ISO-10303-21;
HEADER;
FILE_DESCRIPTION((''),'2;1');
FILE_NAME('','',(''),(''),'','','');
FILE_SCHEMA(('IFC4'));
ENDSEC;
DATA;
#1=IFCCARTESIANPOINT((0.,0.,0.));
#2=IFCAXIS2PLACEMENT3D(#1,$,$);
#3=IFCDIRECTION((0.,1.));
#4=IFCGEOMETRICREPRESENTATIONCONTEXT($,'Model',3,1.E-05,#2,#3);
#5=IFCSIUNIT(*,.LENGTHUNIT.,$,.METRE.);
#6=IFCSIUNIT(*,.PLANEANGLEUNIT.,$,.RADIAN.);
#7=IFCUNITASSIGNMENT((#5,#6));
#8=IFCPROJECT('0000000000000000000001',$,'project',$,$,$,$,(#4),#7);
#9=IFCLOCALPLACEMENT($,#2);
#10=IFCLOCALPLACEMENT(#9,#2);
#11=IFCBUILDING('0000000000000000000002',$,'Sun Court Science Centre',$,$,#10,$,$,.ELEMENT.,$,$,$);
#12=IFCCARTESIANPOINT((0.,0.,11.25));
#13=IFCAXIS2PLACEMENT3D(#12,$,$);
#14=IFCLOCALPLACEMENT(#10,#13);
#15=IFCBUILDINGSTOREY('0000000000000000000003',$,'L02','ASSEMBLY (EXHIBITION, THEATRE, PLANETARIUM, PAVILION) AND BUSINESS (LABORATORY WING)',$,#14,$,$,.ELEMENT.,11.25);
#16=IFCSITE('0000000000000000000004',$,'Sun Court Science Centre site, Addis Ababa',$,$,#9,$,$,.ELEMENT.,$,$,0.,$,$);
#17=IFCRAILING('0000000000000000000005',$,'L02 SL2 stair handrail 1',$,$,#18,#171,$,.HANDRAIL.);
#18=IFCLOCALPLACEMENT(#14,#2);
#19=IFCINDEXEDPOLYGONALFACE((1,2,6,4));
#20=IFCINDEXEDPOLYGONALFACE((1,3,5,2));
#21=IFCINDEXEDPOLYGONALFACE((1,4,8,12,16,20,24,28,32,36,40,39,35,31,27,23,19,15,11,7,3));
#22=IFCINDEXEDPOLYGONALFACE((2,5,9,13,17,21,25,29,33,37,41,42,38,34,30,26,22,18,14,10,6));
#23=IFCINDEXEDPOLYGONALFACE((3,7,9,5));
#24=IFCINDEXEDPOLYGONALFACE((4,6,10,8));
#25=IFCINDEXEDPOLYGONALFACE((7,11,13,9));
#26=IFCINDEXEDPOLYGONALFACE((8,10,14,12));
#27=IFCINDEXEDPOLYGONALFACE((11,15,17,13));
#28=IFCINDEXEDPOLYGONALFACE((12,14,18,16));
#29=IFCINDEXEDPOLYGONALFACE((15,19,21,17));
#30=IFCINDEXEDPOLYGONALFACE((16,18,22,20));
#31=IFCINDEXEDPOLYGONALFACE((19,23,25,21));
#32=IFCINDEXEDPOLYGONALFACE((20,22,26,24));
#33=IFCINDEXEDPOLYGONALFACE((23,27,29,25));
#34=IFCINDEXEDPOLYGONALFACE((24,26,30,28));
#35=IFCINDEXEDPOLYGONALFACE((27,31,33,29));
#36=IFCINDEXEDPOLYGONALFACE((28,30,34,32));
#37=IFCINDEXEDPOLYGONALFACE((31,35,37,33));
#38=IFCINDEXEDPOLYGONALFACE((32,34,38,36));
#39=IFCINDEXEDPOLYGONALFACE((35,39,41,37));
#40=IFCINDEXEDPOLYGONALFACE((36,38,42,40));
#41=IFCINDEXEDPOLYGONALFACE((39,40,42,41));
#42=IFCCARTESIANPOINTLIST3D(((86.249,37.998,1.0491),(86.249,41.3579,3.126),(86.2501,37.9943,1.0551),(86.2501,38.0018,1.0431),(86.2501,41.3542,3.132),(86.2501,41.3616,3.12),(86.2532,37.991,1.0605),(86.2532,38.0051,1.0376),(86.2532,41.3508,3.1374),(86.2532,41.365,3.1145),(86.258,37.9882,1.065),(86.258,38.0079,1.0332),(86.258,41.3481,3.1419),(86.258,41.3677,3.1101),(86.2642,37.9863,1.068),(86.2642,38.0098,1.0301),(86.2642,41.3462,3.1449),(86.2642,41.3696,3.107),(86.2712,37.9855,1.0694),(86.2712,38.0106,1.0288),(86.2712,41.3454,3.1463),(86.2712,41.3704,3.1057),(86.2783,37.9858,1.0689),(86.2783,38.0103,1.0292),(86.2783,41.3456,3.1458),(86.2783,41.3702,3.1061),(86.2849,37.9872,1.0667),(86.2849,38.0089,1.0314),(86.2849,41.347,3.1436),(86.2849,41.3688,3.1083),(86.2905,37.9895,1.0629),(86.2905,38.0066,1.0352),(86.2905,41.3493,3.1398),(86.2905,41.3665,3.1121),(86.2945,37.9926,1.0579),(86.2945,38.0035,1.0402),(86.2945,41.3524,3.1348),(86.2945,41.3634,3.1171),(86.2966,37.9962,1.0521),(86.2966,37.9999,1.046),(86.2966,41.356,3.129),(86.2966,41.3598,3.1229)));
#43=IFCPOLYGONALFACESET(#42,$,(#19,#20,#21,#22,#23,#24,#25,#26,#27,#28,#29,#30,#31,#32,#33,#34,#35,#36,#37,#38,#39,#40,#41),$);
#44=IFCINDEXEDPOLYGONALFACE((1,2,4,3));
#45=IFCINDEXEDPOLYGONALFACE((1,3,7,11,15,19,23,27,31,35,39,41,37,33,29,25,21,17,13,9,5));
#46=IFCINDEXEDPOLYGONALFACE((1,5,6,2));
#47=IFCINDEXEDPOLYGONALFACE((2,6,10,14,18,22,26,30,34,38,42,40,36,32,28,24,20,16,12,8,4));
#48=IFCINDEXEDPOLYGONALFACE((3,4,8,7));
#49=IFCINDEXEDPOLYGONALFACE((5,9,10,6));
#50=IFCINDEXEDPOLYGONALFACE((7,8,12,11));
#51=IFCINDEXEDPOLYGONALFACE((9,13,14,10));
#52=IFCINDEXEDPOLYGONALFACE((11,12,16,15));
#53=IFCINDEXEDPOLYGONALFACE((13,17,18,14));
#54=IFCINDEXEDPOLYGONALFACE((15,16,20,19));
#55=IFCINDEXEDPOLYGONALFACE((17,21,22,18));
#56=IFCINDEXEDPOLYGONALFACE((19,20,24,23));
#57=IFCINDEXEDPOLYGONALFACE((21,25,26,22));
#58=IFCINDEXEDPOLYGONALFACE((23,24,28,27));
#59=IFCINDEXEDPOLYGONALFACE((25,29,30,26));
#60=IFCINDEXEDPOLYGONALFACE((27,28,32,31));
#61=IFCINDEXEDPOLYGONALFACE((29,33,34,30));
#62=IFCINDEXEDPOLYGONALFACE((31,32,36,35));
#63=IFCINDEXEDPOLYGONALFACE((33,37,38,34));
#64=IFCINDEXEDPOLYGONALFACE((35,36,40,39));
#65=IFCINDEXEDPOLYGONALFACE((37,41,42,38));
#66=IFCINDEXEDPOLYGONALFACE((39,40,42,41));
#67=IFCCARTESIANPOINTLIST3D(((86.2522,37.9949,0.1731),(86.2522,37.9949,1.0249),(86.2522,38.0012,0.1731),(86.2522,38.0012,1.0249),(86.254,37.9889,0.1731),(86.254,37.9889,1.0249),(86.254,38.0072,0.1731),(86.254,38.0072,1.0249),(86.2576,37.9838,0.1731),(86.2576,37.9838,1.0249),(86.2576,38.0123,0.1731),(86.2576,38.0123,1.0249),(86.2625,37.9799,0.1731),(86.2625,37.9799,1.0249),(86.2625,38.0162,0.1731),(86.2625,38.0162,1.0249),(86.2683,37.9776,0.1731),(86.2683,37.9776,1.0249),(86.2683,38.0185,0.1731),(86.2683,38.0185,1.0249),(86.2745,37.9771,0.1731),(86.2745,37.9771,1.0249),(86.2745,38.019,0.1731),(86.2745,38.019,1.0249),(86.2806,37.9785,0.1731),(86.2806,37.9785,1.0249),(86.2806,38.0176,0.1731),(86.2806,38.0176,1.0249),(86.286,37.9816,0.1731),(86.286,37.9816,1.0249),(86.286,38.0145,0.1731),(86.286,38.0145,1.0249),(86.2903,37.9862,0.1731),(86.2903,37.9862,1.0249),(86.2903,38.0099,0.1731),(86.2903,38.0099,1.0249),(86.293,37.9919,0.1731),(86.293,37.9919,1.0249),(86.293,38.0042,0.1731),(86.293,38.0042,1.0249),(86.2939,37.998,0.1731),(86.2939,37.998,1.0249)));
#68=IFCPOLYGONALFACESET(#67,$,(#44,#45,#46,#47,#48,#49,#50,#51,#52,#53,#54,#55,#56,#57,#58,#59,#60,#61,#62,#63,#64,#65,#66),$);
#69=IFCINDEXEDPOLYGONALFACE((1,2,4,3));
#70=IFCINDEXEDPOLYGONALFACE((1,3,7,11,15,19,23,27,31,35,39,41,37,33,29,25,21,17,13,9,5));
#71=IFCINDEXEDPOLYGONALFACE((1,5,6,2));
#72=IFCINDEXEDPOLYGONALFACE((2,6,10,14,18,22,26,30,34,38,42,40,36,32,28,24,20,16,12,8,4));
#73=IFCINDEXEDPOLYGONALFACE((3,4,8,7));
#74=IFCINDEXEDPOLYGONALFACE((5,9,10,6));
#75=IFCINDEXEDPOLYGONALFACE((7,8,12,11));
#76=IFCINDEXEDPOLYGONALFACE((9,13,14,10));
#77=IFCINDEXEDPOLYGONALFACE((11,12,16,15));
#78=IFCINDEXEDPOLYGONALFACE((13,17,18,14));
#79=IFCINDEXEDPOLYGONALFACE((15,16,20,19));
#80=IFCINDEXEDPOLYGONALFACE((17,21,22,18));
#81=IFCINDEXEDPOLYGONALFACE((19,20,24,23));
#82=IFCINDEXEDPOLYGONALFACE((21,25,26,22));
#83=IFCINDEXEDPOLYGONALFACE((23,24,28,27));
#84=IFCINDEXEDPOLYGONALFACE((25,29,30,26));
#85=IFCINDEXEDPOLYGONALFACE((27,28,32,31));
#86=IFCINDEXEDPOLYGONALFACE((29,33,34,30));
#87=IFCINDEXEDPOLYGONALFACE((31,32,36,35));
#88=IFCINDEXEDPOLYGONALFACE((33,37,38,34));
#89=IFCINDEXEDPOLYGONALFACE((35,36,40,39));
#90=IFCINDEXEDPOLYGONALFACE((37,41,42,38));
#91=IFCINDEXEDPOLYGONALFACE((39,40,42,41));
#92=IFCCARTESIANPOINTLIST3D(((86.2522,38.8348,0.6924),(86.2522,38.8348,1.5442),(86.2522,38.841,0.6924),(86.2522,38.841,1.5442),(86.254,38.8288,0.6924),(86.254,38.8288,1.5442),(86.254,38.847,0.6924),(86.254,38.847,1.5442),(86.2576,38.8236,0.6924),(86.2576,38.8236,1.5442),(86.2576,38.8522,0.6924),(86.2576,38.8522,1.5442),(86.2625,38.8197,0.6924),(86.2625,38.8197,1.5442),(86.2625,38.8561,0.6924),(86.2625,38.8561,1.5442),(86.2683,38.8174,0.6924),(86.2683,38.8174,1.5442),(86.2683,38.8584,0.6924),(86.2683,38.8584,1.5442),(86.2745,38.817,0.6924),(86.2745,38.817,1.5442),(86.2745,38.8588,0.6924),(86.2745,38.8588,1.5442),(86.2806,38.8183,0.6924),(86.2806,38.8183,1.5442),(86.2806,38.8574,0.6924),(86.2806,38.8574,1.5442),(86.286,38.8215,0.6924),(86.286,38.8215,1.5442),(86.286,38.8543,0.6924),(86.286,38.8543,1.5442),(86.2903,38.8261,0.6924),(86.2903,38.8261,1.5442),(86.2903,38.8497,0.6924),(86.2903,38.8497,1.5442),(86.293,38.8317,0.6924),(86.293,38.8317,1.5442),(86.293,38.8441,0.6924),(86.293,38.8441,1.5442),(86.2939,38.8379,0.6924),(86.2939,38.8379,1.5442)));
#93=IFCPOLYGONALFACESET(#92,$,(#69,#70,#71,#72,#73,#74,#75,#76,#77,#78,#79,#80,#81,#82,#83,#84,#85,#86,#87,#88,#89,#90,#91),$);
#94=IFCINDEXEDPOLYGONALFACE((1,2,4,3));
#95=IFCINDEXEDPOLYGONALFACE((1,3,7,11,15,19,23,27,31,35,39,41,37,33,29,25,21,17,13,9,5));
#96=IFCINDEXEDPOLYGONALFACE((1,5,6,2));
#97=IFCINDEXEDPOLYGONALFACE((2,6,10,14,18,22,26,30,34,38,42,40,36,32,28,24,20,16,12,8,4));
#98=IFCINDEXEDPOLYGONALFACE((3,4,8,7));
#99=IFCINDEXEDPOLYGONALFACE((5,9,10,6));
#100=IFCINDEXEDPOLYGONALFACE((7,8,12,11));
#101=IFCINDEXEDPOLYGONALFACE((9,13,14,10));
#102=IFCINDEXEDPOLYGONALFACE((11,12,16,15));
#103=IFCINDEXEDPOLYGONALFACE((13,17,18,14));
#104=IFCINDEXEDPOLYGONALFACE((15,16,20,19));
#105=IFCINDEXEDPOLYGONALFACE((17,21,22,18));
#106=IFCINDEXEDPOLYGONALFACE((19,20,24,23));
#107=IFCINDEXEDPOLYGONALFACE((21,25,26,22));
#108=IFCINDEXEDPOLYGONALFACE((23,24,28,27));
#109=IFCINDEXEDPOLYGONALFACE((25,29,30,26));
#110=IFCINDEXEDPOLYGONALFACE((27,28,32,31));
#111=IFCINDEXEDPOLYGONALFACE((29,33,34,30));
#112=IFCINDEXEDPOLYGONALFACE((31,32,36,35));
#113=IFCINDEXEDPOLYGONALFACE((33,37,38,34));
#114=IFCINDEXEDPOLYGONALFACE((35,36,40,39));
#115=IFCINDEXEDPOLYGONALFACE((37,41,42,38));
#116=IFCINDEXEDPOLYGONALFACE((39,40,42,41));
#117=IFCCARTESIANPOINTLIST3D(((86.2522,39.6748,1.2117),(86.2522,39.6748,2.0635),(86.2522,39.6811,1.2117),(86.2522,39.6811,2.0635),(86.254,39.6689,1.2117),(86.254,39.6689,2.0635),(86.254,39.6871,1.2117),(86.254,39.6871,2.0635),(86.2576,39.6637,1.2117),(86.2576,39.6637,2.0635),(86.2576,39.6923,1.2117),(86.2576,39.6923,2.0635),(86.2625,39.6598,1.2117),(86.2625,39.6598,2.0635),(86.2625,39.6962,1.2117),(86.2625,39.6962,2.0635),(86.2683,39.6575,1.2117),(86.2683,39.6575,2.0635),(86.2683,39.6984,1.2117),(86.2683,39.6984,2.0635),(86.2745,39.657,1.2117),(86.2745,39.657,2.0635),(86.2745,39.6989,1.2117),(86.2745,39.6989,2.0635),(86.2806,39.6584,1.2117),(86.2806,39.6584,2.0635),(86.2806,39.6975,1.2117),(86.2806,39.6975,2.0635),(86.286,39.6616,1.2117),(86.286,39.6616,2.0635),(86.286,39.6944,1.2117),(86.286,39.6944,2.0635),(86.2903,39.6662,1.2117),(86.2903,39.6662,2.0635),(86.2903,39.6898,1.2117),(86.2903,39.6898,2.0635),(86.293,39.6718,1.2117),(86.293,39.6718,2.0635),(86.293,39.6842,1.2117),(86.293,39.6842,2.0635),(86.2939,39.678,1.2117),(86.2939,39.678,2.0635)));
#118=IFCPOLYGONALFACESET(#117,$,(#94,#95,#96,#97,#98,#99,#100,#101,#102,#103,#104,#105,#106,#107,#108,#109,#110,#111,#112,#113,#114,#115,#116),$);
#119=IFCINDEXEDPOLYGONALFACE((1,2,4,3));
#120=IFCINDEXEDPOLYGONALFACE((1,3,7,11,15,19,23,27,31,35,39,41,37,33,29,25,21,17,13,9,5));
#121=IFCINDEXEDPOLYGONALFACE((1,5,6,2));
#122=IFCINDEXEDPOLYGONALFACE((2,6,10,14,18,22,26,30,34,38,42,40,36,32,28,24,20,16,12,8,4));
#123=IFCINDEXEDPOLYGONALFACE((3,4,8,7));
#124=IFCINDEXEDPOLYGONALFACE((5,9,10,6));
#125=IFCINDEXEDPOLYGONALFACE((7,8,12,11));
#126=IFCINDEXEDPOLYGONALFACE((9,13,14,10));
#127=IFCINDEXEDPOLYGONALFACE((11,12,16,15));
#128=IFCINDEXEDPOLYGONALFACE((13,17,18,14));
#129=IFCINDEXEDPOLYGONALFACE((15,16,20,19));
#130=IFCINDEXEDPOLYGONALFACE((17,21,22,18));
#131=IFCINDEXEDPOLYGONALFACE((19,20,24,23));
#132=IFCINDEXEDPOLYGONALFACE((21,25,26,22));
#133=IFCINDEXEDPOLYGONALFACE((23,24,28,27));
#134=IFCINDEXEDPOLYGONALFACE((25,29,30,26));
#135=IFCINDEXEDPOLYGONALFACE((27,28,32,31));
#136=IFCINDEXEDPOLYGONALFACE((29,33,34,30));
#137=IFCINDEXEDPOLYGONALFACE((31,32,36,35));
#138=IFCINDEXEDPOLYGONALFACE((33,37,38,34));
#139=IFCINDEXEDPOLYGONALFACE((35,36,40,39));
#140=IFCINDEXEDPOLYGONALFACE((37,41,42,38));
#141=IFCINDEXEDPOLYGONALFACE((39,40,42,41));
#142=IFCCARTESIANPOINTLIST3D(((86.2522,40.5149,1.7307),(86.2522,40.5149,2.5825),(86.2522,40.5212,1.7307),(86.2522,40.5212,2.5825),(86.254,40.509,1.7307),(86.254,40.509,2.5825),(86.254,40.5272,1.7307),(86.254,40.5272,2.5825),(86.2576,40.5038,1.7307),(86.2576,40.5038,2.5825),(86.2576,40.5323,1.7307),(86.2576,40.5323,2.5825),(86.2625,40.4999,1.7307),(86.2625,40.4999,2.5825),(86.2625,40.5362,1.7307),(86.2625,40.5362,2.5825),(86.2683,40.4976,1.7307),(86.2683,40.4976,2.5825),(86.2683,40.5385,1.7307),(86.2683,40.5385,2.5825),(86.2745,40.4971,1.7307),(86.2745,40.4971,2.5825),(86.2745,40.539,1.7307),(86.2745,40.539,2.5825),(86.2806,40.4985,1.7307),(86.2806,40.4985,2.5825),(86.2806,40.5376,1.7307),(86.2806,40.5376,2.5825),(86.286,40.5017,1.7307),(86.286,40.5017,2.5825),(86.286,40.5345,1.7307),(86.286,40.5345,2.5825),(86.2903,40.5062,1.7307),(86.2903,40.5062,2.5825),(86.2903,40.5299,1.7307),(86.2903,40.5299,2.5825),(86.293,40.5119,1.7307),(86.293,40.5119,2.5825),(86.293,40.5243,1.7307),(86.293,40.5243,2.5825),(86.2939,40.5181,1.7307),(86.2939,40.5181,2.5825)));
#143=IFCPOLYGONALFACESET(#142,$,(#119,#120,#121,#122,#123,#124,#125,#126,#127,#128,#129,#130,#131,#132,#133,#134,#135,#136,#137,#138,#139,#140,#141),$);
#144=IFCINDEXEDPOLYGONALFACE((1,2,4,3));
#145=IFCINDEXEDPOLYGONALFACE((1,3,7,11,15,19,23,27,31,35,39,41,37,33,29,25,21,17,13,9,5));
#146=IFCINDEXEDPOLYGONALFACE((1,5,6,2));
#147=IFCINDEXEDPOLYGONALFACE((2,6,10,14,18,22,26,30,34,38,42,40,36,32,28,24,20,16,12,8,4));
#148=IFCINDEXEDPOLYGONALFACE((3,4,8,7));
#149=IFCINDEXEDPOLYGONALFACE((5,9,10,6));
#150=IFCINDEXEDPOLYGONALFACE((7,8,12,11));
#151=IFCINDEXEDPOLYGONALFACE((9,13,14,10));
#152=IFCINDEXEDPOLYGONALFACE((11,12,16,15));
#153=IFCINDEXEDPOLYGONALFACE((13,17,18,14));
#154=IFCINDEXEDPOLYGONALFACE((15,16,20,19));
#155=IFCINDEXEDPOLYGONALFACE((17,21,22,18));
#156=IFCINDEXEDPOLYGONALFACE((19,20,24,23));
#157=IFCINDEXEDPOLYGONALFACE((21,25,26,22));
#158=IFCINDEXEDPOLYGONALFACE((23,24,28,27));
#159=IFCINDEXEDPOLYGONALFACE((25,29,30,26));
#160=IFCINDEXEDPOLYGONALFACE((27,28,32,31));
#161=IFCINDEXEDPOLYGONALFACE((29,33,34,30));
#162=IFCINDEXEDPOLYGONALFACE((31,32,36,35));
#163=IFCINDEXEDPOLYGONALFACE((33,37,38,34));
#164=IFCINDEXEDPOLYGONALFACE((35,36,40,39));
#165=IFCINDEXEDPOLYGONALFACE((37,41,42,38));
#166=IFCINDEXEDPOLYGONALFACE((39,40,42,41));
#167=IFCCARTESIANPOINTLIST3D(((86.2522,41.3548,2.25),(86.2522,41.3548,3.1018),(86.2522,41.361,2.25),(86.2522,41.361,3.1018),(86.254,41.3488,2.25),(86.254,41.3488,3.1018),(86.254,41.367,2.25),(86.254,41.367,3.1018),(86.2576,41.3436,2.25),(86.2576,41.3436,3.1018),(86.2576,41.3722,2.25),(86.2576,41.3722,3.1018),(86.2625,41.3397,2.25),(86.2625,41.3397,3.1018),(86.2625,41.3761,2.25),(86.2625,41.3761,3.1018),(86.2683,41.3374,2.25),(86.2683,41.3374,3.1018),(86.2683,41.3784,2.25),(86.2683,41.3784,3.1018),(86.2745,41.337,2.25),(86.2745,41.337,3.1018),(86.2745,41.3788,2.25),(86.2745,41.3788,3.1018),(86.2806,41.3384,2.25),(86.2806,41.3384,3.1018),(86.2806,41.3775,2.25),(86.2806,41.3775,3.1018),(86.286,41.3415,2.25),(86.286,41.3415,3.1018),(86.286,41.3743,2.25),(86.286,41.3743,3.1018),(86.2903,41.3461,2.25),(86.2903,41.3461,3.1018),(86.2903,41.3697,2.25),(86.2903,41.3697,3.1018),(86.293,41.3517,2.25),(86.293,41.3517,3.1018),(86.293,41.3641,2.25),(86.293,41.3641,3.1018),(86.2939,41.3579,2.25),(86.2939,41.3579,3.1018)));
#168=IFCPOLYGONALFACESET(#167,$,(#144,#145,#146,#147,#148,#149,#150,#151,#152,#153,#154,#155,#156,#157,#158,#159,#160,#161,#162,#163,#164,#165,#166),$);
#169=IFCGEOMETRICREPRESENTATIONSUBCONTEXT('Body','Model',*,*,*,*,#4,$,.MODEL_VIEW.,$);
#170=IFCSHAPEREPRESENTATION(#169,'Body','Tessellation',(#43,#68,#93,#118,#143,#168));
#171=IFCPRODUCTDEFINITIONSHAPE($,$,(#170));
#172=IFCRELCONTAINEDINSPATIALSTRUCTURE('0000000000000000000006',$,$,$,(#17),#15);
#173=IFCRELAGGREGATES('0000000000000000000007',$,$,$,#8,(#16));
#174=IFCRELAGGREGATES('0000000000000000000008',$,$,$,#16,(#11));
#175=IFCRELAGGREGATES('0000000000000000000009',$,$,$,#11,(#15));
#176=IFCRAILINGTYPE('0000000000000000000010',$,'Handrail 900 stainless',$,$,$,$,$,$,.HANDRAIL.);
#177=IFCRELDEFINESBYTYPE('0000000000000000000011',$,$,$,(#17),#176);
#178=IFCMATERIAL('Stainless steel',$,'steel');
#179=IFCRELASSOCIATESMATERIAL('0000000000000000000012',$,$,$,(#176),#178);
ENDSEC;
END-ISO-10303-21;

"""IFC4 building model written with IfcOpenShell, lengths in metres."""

from ifc_helpers import new_model, si_unit, direction, frame, origin, origin_2d, place, context, subcontext, project, spatial, circle, extrude, material, type_object, element, save


model = new_model("IFC4")

# Units and contexts
model_context = context("Model", 3, precision=1e-05, world=origin(), true_north=direction((0.0, 1.0)))
body_context = subcontext(model_context, "Body", "Model", "MODEL_VIEW")
ifc_project = project(units=[si_unit("LENGTHUNIT", "METRE"), si_unit("PLANEANGLEUNIT", "RADIAN")], contexts=[model_context])

# Site, building, storey
site_placement = place(None, origin())
site = spatial("IfcSite", under=ifc_project, at=site_placement, Name="Sun Court Science Centre site, Addis Ababa", CompositionType="ELEMENT", RefElevation=0.0)
building_placement = place(site_placement, origin())
building = spatial("IfcBuilding", under=site, at=building_placement, Name="Sun Court Science Centre", CompositionType="ELEMENT")
storey_placement = place(building_placement, frame((0.0, 0.0, 11.25)))
storey = spatial("IfcBuildingStorey", under=building, at=storey_placement, Name="L02", Description="ASSEMBLY (EXHIBITION, THEATRE, PLANETARIUM, PAVILION) AND BUSINESS (LABORATORY WING)", CompositionType="ELEMENT", Elevation=11.25)

# Railing
ifc_material_1 = material(Name="Stainless steel", Category="steel")
railing_type_1 = type_object("IfcRailingType", Name="Handrail 900 stainless", PredefinedType="HANDRAIL", material=ifc_material_1)
railing_1_placement = place(storey_placement, frame((86.2729, 37.998, 0.1731)))
element("IfcRailing", 1, at=railing_1_placement, inside=storey, type_object=railing_type_1, Name="L02 SL2 stair handrail 1", PredefinedType="HANDRAIL", context=body_context, shape_type="SweptSolid", body=[
    extrude(circle(Radius=0.0239, at=origin_2d()), frame((0.0, 0.0, 0.876), z_axis=(0.0, 0.850606, 0.525803), x_axis=(-1.0, 0.0, 0.0)), (0.0, 0.0, 1.0), 3.95),
    extrude(circle(Radius=0.021, at=origin_2d()), origin(), (0.0, 0.0, 1.0), 0.8518),
    extrude(circle(Radius=0.021, at=origin_2d()), frame((0.0, 0.8398, 0.5193)), (0.0, 0.0, 1.0), 0.8518),
    extrude(circle(Radius=0.021, at=origin_2d()), frame((0.0, 1.6799, 1.0386)), (0.0, 0.0, 1.0), 0.8518),
    extrude(circle(Radius=0.021, at=origin_2d()), frame((0.0, 2.52, 1.5576)), (0.0, 0.0, 1.0), 0.8518),
    extrude(circle(Radius=0.021, at=origin_2d()), frame((0.0, 3.3599, 2.0769)), (0.0, 0.0, 1.0), 0.8518),
])

save(model, "model.ifc")
